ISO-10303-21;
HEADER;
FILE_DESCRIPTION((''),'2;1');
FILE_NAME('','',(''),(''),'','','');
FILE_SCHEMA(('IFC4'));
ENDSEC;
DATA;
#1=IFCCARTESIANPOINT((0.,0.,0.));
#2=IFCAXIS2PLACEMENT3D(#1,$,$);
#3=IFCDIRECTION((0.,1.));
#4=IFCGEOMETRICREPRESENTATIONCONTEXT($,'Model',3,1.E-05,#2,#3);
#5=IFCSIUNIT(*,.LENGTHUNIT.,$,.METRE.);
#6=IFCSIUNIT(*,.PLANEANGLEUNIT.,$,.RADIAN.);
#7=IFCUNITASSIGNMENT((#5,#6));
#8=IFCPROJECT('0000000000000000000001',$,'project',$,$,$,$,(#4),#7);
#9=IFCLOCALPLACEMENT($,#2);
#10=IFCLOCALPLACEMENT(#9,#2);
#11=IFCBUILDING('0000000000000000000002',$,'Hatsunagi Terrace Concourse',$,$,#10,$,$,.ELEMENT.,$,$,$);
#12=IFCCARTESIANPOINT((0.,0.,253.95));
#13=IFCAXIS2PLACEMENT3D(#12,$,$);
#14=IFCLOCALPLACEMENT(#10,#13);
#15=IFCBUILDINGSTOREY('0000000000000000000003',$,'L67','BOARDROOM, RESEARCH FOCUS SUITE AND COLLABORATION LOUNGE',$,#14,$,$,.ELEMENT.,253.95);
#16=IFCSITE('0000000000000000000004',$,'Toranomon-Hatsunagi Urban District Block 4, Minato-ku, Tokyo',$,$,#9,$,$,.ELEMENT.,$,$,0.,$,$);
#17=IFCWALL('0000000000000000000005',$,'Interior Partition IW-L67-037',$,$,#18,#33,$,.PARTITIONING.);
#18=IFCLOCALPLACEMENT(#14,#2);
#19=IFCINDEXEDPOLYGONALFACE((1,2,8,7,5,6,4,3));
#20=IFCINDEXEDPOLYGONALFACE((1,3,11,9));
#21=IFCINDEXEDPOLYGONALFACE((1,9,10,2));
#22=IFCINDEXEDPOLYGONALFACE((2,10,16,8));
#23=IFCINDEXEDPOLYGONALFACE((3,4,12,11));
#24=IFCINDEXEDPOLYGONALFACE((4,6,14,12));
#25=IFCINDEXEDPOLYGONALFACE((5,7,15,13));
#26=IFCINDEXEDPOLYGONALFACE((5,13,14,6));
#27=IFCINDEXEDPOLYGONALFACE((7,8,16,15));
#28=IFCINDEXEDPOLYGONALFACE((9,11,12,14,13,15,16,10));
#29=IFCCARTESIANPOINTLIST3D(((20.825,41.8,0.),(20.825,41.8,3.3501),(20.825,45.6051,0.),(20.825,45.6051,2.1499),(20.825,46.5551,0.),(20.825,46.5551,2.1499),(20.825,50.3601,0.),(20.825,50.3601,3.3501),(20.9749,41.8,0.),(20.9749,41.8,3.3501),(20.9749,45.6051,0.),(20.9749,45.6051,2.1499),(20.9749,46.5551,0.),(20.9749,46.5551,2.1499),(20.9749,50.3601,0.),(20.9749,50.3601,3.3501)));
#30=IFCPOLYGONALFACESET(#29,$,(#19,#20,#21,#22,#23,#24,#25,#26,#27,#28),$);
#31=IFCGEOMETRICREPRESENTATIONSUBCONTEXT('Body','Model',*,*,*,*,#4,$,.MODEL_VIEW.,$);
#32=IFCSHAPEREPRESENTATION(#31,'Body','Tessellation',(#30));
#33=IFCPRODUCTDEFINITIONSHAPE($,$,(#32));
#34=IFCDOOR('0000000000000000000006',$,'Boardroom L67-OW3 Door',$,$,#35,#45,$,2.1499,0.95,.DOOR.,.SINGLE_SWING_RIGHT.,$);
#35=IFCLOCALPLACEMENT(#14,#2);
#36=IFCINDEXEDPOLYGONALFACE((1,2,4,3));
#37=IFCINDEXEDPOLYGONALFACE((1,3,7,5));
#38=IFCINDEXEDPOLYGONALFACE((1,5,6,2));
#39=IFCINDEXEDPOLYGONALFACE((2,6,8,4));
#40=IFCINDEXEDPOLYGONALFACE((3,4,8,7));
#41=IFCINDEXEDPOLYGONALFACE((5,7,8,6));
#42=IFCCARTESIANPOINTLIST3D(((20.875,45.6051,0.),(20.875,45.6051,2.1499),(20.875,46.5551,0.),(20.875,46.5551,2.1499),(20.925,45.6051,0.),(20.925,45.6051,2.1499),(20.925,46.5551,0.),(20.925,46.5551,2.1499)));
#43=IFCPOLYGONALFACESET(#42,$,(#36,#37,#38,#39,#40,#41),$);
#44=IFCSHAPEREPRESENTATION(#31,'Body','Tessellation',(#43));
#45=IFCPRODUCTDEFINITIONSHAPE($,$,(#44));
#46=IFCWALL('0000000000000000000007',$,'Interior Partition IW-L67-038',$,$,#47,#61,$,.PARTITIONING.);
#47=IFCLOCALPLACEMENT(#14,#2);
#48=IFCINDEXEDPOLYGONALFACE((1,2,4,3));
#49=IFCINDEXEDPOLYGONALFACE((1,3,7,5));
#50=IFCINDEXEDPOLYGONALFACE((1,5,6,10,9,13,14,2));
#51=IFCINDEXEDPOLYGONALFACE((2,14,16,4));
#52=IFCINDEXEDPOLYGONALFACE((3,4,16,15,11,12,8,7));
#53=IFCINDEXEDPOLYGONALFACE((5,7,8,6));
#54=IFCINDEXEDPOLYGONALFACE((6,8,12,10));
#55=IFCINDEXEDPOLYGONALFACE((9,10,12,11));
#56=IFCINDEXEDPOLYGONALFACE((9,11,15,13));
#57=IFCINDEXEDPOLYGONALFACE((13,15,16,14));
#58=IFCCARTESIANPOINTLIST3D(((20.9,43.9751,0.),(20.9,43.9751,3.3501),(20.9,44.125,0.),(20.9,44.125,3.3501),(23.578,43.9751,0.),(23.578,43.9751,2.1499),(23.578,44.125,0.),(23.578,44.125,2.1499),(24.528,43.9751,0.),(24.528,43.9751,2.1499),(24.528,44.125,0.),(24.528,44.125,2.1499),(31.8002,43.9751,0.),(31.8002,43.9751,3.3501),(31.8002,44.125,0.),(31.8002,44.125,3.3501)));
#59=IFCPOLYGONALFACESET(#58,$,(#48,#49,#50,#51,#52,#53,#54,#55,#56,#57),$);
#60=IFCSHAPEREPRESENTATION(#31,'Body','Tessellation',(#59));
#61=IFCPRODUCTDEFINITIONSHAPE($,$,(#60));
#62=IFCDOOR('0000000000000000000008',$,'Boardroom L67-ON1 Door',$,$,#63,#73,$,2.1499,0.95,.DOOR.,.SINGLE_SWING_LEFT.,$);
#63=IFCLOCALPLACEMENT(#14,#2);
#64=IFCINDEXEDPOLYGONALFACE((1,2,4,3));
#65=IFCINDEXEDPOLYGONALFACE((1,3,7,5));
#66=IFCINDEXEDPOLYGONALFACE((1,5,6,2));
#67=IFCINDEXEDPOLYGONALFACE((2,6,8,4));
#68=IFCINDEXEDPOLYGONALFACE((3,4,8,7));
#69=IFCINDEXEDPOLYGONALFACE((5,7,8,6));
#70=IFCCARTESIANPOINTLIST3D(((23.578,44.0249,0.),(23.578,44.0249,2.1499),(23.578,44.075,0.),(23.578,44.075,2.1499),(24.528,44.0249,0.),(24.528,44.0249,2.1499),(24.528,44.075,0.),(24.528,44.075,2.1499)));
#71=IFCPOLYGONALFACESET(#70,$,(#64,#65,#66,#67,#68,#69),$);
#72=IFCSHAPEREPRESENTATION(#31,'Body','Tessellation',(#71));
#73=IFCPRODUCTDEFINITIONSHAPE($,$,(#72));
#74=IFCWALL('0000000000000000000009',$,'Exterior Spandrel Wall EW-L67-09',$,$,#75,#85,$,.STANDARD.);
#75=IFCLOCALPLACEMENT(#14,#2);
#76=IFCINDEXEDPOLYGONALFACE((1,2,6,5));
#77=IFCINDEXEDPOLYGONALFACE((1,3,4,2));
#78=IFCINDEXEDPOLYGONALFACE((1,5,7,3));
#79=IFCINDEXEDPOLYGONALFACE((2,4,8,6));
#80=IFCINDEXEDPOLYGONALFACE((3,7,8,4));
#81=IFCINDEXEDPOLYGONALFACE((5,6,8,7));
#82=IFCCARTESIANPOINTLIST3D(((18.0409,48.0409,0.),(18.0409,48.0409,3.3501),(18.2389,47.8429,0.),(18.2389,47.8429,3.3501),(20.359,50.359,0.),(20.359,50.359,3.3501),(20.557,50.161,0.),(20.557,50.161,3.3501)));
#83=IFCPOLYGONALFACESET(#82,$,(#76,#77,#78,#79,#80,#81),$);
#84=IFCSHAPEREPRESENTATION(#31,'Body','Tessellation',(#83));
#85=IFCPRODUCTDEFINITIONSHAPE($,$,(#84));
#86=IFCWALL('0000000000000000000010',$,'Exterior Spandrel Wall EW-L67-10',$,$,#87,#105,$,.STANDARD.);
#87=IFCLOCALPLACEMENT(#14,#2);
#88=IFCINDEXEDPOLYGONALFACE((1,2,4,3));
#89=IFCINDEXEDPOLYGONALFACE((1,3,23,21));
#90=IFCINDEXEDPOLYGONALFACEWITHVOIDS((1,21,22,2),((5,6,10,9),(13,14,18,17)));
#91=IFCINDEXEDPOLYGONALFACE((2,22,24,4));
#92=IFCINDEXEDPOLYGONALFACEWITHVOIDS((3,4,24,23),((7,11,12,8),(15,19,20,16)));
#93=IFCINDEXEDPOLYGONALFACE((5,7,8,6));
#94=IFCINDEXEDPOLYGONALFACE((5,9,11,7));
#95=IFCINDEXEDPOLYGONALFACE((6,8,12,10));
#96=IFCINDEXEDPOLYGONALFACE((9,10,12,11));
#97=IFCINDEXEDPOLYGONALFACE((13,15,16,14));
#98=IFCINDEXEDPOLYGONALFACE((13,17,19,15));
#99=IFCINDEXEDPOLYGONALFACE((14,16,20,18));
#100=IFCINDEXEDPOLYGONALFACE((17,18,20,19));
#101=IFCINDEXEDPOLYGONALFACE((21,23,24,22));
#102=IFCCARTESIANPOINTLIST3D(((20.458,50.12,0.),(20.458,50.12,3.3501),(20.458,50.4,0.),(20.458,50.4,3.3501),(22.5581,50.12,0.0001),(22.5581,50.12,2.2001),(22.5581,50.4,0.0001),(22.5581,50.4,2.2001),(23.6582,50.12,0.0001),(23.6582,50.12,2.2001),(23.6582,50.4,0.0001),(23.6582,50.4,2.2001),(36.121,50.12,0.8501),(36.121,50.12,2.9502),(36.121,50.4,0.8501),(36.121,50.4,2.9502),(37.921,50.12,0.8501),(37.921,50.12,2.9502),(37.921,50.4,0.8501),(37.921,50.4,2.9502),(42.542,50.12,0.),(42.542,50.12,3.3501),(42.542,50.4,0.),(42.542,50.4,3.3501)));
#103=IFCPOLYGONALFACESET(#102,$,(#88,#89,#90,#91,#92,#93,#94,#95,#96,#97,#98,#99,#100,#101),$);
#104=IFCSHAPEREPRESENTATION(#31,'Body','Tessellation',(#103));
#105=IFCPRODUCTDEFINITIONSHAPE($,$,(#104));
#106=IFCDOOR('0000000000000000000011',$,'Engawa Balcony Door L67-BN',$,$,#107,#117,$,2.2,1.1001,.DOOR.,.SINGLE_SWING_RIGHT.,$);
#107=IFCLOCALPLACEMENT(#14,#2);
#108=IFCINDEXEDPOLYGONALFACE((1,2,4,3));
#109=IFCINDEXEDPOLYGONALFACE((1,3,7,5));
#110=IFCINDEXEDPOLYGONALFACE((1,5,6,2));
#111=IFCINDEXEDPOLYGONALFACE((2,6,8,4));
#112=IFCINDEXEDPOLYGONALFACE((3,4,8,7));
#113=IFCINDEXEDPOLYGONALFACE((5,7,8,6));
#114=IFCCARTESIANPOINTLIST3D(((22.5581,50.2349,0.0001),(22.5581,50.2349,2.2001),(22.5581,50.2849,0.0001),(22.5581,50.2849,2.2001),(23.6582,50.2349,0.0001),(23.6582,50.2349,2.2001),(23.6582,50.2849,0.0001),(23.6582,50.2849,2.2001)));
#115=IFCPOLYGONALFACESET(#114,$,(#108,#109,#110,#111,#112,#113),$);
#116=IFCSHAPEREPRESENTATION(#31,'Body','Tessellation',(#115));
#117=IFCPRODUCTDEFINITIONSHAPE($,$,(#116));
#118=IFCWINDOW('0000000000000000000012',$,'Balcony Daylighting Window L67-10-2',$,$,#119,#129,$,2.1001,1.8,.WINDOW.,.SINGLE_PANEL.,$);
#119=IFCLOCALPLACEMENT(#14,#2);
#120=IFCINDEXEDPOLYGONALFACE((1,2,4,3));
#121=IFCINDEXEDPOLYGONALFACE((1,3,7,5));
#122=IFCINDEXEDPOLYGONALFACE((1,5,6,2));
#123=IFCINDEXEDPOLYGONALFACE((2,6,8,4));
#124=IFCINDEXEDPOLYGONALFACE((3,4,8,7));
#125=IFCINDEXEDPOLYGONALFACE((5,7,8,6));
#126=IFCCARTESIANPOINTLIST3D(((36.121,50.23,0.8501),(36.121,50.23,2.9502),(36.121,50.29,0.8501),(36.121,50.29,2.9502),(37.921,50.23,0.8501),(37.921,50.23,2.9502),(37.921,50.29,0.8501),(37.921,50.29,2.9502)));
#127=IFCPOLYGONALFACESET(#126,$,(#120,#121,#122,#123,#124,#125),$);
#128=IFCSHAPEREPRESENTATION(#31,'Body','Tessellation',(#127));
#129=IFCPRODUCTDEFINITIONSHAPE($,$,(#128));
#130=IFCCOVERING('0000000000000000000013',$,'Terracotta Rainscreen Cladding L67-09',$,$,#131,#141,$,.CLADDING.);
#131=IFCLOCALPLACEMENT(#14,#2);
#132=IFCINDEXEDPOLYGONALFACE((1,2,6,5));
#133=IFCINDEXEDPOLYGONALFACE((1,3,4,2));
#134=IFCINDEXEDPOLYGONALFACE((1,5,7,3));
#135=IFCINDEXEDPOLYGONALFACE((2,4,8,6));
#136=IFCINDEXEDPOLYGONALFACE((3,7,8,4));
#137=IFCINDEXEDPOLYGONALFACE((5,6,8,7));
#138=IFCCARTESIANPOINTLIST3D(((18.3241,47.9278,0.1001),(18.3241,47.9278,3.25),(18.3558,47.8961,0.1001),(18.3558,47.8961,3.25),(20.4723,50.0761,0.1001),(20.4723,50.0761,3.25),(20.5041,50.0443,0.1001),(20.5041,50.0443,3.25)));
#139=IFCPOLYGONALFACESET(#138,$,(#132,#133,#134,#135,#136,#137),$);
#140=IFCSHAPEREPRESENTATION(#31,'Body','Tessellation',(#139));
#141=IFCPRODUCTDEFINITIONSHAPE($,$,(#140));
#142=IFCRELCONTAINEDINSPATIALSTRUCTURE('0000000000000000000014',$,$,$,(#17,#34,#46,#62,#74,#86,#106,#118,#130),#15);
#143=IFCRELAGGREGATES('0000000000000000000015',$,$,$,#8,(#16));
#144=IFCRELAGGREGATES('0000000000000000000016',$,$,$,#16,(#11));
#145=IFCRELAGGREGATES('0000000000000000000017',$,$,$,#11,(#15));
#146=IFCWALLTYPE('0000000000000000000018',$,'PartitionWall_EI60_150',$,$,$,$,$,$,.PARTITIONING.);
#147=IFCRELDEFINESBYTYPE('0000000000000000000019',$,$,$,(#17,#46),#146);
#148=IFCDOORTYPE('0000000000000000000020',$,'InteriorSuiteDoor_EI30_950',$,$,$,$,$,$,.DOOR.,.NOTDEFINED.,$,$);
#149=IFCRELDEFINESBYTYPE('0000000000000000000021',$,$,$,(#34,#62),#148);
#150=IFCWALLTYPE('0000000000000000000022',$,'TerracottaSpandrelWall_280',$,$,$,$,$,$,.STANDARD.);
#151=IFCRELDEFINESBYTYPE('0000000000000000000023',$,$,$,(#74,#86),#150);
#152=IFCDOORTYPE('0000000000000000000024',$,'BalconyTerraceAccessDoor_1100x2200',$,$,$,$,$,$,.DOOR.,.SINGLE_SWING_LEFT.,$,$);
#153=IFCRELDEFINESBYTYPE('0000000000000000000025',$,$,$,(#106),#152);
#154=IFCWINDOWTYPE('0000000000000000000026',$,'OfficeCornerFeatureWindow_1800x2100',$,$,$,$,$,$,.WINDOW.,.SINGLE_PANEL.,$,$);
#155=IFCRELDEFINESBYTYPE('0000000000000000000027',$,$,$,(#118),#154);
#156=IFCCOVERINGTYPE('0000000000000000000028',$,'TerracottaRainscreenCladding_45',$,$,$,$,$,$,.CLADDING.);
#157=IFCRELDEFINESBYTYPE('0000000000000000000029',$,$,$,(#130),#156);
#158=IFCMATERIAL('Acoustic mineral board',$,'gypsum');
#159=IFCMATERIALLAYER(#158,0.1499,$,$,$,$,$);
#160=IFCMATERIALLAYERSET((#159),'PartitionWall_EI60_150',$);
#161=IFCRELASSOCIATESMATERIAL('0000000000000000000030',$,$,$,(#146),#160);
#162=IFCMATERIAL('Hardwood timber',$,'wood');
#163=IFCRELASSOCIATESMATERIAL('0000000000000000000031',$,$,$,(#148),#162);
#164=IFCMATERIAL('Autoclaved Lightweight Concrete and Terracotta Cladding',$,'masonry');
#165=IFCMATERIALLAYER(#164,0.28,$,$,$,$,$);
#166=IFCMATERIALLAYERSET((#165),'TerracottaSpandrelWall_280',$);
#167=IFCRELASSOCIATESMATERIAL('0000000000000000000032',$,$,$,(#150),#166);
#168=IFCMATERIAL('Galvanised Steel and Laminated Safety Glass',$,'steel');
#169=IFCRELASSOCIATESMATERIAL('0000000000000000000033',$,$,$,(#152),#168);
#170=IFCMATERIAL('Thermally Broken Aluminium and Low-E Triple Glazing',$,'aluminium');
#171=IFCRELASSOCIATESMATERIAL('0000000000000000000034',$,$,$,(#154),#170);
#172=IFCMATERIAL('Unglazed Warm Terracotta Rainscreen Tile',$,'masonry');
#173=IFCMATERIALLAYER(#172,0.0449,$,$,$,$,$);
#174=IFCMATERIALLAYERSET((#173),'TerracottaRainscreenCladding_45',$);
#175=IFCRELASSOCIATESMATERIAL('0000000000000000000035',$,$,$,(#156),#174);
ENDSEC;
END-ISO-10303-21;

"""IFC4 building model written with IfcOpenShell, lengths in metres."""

from ifc_helpers import new_model, si_unit, direction, frame, frame_2d, origin, origin_2d, place, context, subcontext, project, spatial, rectangle, extrude, material, layer, layer_set, type_object, element, fill, save


model = new_model("IFC4")

# Units and contexts
model_context = context("Model", 3, precision=1e-05, world=origin(), true_north=direction((0.0, 1.0)))
body_context = subcontext(model_context, "Body", "Model", "MODEL_VIEW")
ifc_project = project(units=[si_unit("LENGTHUNIT", "METRE"), si_unit("PLANEANGLEUNIT", "RADIAN")], contexts=[model_context])

# Site, building, storey
site_placement = place(None, origin())
site = spatial("IfcSite", under=ifc_project, at=site_placement, Name="Toranomon-Hatsunagi Urban District Block 4, Minato-ku, Tokyo", CompositionType="ELEMENT", RefElevation=0.0)
building_placement = place(site_placement, origin())
building = spatial("IfcBuilding", under=site, at=building_placement, Name="Hatsunagi Terrace Concourse", CompositionType="ELEMENT")
storey_placement = place(building_placement, frame((0.0, 0.0, 253.95)))
storey = spatial("IfcBuildingStorey", under=building, at=storey_placement, Name="L67", Description="BOARDROOM, RESEARCH FOCUS SUITE AND COLLABORATION LOUNGE", CompositionType="ELEMENT", Elevation=253.95)

# Shared definitions
ifc_material_1 = material(Name="Acoustic mineral board", Category="gypsum")
ifc_layer_1 = layer(ifc_material_1, 0.1499)
ifc_layer_set_1 = layer_set([ifc_layer_1], Name="PartitionWall_EI60_150")
wall_type_1 = type_object("IfcWallType", Name="PartitionWall_EI60_150", PredefinedType="PARTITIONING", material=ifc_layer_set_1)

# Walls, openings, doors
wall_1_placement = place(storey_placement, frame((20.8999, 41.8, 0.0), z_axis=(0.0, 0.0, 1.0), x_axis=(0.0, 1.0, 0.0)))
wall_1 = element("IfcWall", 1, at=wall_1_placement, inside=storey, type_object=wall_type_1, Name="Interior Partition IW-L67-037", PredefinedType="PARTITIONING", context=body_context, shape_type="SweptSolid", body=[
    extrude(rectangle(XDim=8.5601, YDim=0.1499, at=frame_2d((4.28, 0.0))), origin(), (0.0, 0.0, 1.0), 3.3501),
])
opening_1_placement = place(wall_1_placement, frame((3.8049, 0.0, 0.0)))
opening_1 = element("IfcOpeningElement", 2, at=opening_1_placement, cuts=wall_1, PredefinedType="OPENING", context=body_context, shape_type="SweptSolid", body=[
    extrude(rectangle(XDim=0.95, YDim=2.1499, at=frame_2d((0.4751, 1.075))), frame((0.0, 0.085, 0.0), z_axis=(0.0, -1.0, 0.0), x_axis=(1.0, 0.0, 0.0)), (0.0, 0.0, 1.0), 0.1699),
])
ifc_material_2 = material(Name="Hardwood timber", Category="wood")
door_type_1 = type_object("IfcDoorType", Name="InteriorSuiteDoor_EI30_950", OperationType="NOTDEFINED", PredefinedType="DOOR", material=ifc_material_2)
door_1_placement = place(opening_1_placement, origin())
door_1 = element("IfcDoor", 3, at=door_1_placement, inside=storey, type_object=door_type_1, Name="Boardroom L67-OW3 Door", OperationType="SINGLE_SWING_RIGHT", OverallHeight=2.1499, OverallWidth=0.95, PredefinedType="DOOR", context=body_context, shape_type="SweptSolid", body=[
    extrude(rectangle(XDim=0.95, YDim=2.1499, at=frame_2d((0.4751, 1.075))), frame((0.0, 0.0249, 0.0), z_axis=(0.0, -1.0, 0.0), x_axis=(1.0, 0.0, 0.0)), (0.0, 0.0, 1.0), 0.05),
])
fill(opening_1, door_1)
wall_2_placement = place(storey_placement, frame((20.8999, 44.05, 0.0), z_axis=(0.0, 0.0, 1.0), x_axis=(1.0, 0.0, 0.0)))
wall_2 = element("IfcWall", 4, at=wall_2_placement, inside=storey, type_object=wall_type_1, Name="Interior Partition IW-L67-038", PredefinedType="PARTITIONING", context=body_context, shape_type="SweptSolid", body=[
    extrude(rectangle(XDim=10.9001, YDim=0.1499, at=frame_2d((5.4502, 0.0))), origin(), (0.0, 0.0, 1.0), 3.3501),
])
opening_2_placement = place(wall_2_placement, frame((2.678, 0.0, 0.0)))
opening_2 = element("IfcOpeningElement", 5, at=opening_2_placement, cuts=wall_2, PredefinedType="OPENING", context=body_context, shape_type="SweptSolid", body=[
    extrude(rectangle(XDim=0.95, YDim=2.1499, at=frame_2d((0.4751, 1.075))), frame((0.0, 0.085, 0.0), z_axis=(0.0, -1.0, 0.0), x_axis=(1.0, 0.0, 0.0)), (0.0, 0.0, 1.0), 0.1699),
])
door_2_placement = place(opening_2_placement, origin())
door_2 = element("IfcDoor", 6, at=door_2_placement, inside=storey, type_object=door_type_1, Name="Boardroom L67-ON1 Door", OperationType="SINGLE_SWING_LEFT", OverallHeight=2.1499, OverallWidth=0.95, PredefinedType="DOOR", context=body_context, shape_type="SweptSolid", body=[
    extrude(rectangle(XDim=0.95, YDim=2.1499, at=frame_2d((0.4751, 1.075))), frame((0.0, 0.0249, 0.0), z_axis=(0.0, -1.0, 0.0), x_axis=(1.0, 0.0, 0.0)), (0.0, 0.0, 1.0), 0.05),
])
fill(opening_2, door_2)

# Wall
ifc_material_3 = material(Name="Autoclaved Lightweight Concrete and Terracotta Cladding", Category="masonry")
ifc_layer_2 = layer(ifc_material_3, 0.28)
ifc_layer_set_2 = layer_set([ifc_layer_2], Name="TerracottaSpandrelWall_280")
wall_type_2 = type_object("IfcWallType", Name="TerracottaSpandrelWall_280", PredefinedType="STANDARD", material=ifc_layer_set_2)
wall_3_placement = place(storey_placement, frame((18.1399, 47.9419, 0.0), z_axis=(0.0, 0.0, 1.0), x_axis=(0.707107, 0.707107, 0.0)))
element("IfcWall", 7, at=wall_3_placement, inside=storey, type_object=wall_type_2, Name="Exterior Spandrel Wall EW-L67-09", PredefinedType="STANDARD", context=body_context, shape_type="SweptSolid", body=[
    extrude(rectangle(XDim=3.2783, YDim=0.28, at=frame_2d((1.6392, 0.0))), origin(), (0.0, 0.0, 1.0), 3.3501),
])

# Wall, openings, door, window
wall_4_placement = place(storey_placement, frame((20.458, 50.26, 0.0), z_axis=(0.0, 0.0, 1.0), x_axis=(1.0, 0.0, 0.0)))
wall_4 = element("IfcWall", 8, at=wall_4_placement, inside=storey, type_object=wall_type_2, Name="Exterior Spandrel Wall EW-L67-10", PredefinedType="STANDARD", context=body_context, shape_type="SweptSolid", body=[
    extrude(rectangle(XDim=22.084, YDim=0.28, at=frame_2d((11.042, 0.0))), origin(), (0.0, 0.0, 1.0), 3.3501),
])
opening_3_placement = place(wall_4_placement, frame((2.1001, 0.0, 0.0)))
opening_3 = element("IfcOpeningElement", 9, at=opening_3_placement, cuts=wall_4, PredefinedType="OPENING", context=body_context, shape_type="SweptSolid", body=[
    extrude(rectangle(XDim=1.1001, YDim=2.2, at=frame_2d((0.55, 1.1001))), frame((0.0, 0.1499, 0.0), z_axis=(0.0, -1.0, 0.0), x_axis=(1.0, 0.0, 0.0)), (0.0, 0.0, 1.0), 0.3),
])
opening_4_placement = place(wall_4_placement, frame((15.6631, 0.0, 0.8501)))
opening_4 = element("IfcOpeningElement", 10, at=opening_4_placement, cuts=wall_4, PredefinedType="OPENING", context=body_context, shape_type="SweptSolid", body=[
    extrude(rectangle(XDim=1.8, YDim=2.1001, at=frame_2d((0.8999, 1.05))), frame((0.0, 0.1499, 0.0), z_axis=(0.0, -1.0, 0.0), x_axis=(1.0, 0.0, 0.0)), (0.0, 0.0, 1.0), 0.3),
])
ifc_material_4 = material(Name="Galvanised Steel and Laminated Safety Glass", Category="steel")
door_type_2 = type_object("IfcDoorType", Name="BalconyTerraceAccessDoor_1100x2200", OperationType="SINGLE_SWING_LEFT", PredefinedType="DOOR", material=ifc_material_4)
door_3_placement = place(opening_3_placement, origin())
door_3 = element("IfcDoor", 11, at=door_3_placement, inside=storey, type_object=door_type_2, Name="Engawa Balcony Door L67-BN", OperationType="SINGLE_SWING_RIGHT", OverallHeight=2.2, OverallWidth=1.1001, PredefinedType="DOOR", context=body_context, shape_type="SweptSolid", body=[
    extrude(rectangle(XDim=1.1001, YDim=2.2, at=frame_2d((0.55, 1.1001))), frame((0.0, 0.0249, 0.0), z_axis=(0.0, -1.0, 0.0), x_axis=(1.0, 0.0, 0.0)), (0.0, 0.0, 1.0), 0.05),
])
fill(opening_3, door_3)
ifc_material_5 = material(Name="Thermally Broken Aluminium and Low-E Triple Glazing", Category="aluminium")
window_type = type_object("IfcWindowType", Name="OfficeCornerFeatureWindow_1800x2100", PartitioningType="SINGLE_PANEL", PredefinedType="WINDOW", material=ifc_material_5)
window_placement = place(opening_4_placement, origin())
window = element("IfcWindow", 12, at=window_placement, inside=storey, type_object=window_type, Name="Balcony Daylighting Window L67-10-2", OverallHeight=2.1001, OverallWidth=1.8, PartitioningType="SINGLE_PANEL", PredefinedType="WINDOW", context=body_context, shape_type="SweptSolid", body=[
    extrude(rectangle(XDim=1.8, YDim=2.1001, at=frame_2d((0.8999, 1.05))), frame((0.0, 0.03, 0.0), z_axis=(0.0, -1.0, 0.0), x_axis=(1.0, 0.0, 0.0)), (0.0, 0.0, 1.0), 0.0601),
])
fill(opening_4, window)

# Covering
ifc_material_6 = material(Name="Unglazed Warm Terracotta Rainscreen Tile", Category="masonry")
ifc_layer_3 = layer(ifc_material_6, 0.0449)
ifc_layer_set_3 = layer_set([ifc_layer_3], Name="TerracottaRainscreenCladding_45")
covering_type = type_object("IfcCoveringType", Name="TerracottaRainscreenCladding_45", PredefinedType="CLADDING", material=ifc_layer_set_3)
covering_placement = place(storey_placement, frame((19.4141, 48.9861, 0.1001), z_axis=(0.0, 0.0, 1.0), x_axis=(0.707107, 0.707107, 0.0)))
element("IfcCovering", 13, at=covering_placement, inside=storey, type_object=covering_type, Name="Terracotta Rainscreen Cladding L67-09", PredefinedType="CLADDING", context=body_context, shape_type="SweptSolid", body=[
    extrude(rectangle(XDim=3.0381, YDim=0.0449, at=origin_2d()), origin(), (0.0, 0.0, 1.0), 3.1499),
])

save(model, "model.ifc")
